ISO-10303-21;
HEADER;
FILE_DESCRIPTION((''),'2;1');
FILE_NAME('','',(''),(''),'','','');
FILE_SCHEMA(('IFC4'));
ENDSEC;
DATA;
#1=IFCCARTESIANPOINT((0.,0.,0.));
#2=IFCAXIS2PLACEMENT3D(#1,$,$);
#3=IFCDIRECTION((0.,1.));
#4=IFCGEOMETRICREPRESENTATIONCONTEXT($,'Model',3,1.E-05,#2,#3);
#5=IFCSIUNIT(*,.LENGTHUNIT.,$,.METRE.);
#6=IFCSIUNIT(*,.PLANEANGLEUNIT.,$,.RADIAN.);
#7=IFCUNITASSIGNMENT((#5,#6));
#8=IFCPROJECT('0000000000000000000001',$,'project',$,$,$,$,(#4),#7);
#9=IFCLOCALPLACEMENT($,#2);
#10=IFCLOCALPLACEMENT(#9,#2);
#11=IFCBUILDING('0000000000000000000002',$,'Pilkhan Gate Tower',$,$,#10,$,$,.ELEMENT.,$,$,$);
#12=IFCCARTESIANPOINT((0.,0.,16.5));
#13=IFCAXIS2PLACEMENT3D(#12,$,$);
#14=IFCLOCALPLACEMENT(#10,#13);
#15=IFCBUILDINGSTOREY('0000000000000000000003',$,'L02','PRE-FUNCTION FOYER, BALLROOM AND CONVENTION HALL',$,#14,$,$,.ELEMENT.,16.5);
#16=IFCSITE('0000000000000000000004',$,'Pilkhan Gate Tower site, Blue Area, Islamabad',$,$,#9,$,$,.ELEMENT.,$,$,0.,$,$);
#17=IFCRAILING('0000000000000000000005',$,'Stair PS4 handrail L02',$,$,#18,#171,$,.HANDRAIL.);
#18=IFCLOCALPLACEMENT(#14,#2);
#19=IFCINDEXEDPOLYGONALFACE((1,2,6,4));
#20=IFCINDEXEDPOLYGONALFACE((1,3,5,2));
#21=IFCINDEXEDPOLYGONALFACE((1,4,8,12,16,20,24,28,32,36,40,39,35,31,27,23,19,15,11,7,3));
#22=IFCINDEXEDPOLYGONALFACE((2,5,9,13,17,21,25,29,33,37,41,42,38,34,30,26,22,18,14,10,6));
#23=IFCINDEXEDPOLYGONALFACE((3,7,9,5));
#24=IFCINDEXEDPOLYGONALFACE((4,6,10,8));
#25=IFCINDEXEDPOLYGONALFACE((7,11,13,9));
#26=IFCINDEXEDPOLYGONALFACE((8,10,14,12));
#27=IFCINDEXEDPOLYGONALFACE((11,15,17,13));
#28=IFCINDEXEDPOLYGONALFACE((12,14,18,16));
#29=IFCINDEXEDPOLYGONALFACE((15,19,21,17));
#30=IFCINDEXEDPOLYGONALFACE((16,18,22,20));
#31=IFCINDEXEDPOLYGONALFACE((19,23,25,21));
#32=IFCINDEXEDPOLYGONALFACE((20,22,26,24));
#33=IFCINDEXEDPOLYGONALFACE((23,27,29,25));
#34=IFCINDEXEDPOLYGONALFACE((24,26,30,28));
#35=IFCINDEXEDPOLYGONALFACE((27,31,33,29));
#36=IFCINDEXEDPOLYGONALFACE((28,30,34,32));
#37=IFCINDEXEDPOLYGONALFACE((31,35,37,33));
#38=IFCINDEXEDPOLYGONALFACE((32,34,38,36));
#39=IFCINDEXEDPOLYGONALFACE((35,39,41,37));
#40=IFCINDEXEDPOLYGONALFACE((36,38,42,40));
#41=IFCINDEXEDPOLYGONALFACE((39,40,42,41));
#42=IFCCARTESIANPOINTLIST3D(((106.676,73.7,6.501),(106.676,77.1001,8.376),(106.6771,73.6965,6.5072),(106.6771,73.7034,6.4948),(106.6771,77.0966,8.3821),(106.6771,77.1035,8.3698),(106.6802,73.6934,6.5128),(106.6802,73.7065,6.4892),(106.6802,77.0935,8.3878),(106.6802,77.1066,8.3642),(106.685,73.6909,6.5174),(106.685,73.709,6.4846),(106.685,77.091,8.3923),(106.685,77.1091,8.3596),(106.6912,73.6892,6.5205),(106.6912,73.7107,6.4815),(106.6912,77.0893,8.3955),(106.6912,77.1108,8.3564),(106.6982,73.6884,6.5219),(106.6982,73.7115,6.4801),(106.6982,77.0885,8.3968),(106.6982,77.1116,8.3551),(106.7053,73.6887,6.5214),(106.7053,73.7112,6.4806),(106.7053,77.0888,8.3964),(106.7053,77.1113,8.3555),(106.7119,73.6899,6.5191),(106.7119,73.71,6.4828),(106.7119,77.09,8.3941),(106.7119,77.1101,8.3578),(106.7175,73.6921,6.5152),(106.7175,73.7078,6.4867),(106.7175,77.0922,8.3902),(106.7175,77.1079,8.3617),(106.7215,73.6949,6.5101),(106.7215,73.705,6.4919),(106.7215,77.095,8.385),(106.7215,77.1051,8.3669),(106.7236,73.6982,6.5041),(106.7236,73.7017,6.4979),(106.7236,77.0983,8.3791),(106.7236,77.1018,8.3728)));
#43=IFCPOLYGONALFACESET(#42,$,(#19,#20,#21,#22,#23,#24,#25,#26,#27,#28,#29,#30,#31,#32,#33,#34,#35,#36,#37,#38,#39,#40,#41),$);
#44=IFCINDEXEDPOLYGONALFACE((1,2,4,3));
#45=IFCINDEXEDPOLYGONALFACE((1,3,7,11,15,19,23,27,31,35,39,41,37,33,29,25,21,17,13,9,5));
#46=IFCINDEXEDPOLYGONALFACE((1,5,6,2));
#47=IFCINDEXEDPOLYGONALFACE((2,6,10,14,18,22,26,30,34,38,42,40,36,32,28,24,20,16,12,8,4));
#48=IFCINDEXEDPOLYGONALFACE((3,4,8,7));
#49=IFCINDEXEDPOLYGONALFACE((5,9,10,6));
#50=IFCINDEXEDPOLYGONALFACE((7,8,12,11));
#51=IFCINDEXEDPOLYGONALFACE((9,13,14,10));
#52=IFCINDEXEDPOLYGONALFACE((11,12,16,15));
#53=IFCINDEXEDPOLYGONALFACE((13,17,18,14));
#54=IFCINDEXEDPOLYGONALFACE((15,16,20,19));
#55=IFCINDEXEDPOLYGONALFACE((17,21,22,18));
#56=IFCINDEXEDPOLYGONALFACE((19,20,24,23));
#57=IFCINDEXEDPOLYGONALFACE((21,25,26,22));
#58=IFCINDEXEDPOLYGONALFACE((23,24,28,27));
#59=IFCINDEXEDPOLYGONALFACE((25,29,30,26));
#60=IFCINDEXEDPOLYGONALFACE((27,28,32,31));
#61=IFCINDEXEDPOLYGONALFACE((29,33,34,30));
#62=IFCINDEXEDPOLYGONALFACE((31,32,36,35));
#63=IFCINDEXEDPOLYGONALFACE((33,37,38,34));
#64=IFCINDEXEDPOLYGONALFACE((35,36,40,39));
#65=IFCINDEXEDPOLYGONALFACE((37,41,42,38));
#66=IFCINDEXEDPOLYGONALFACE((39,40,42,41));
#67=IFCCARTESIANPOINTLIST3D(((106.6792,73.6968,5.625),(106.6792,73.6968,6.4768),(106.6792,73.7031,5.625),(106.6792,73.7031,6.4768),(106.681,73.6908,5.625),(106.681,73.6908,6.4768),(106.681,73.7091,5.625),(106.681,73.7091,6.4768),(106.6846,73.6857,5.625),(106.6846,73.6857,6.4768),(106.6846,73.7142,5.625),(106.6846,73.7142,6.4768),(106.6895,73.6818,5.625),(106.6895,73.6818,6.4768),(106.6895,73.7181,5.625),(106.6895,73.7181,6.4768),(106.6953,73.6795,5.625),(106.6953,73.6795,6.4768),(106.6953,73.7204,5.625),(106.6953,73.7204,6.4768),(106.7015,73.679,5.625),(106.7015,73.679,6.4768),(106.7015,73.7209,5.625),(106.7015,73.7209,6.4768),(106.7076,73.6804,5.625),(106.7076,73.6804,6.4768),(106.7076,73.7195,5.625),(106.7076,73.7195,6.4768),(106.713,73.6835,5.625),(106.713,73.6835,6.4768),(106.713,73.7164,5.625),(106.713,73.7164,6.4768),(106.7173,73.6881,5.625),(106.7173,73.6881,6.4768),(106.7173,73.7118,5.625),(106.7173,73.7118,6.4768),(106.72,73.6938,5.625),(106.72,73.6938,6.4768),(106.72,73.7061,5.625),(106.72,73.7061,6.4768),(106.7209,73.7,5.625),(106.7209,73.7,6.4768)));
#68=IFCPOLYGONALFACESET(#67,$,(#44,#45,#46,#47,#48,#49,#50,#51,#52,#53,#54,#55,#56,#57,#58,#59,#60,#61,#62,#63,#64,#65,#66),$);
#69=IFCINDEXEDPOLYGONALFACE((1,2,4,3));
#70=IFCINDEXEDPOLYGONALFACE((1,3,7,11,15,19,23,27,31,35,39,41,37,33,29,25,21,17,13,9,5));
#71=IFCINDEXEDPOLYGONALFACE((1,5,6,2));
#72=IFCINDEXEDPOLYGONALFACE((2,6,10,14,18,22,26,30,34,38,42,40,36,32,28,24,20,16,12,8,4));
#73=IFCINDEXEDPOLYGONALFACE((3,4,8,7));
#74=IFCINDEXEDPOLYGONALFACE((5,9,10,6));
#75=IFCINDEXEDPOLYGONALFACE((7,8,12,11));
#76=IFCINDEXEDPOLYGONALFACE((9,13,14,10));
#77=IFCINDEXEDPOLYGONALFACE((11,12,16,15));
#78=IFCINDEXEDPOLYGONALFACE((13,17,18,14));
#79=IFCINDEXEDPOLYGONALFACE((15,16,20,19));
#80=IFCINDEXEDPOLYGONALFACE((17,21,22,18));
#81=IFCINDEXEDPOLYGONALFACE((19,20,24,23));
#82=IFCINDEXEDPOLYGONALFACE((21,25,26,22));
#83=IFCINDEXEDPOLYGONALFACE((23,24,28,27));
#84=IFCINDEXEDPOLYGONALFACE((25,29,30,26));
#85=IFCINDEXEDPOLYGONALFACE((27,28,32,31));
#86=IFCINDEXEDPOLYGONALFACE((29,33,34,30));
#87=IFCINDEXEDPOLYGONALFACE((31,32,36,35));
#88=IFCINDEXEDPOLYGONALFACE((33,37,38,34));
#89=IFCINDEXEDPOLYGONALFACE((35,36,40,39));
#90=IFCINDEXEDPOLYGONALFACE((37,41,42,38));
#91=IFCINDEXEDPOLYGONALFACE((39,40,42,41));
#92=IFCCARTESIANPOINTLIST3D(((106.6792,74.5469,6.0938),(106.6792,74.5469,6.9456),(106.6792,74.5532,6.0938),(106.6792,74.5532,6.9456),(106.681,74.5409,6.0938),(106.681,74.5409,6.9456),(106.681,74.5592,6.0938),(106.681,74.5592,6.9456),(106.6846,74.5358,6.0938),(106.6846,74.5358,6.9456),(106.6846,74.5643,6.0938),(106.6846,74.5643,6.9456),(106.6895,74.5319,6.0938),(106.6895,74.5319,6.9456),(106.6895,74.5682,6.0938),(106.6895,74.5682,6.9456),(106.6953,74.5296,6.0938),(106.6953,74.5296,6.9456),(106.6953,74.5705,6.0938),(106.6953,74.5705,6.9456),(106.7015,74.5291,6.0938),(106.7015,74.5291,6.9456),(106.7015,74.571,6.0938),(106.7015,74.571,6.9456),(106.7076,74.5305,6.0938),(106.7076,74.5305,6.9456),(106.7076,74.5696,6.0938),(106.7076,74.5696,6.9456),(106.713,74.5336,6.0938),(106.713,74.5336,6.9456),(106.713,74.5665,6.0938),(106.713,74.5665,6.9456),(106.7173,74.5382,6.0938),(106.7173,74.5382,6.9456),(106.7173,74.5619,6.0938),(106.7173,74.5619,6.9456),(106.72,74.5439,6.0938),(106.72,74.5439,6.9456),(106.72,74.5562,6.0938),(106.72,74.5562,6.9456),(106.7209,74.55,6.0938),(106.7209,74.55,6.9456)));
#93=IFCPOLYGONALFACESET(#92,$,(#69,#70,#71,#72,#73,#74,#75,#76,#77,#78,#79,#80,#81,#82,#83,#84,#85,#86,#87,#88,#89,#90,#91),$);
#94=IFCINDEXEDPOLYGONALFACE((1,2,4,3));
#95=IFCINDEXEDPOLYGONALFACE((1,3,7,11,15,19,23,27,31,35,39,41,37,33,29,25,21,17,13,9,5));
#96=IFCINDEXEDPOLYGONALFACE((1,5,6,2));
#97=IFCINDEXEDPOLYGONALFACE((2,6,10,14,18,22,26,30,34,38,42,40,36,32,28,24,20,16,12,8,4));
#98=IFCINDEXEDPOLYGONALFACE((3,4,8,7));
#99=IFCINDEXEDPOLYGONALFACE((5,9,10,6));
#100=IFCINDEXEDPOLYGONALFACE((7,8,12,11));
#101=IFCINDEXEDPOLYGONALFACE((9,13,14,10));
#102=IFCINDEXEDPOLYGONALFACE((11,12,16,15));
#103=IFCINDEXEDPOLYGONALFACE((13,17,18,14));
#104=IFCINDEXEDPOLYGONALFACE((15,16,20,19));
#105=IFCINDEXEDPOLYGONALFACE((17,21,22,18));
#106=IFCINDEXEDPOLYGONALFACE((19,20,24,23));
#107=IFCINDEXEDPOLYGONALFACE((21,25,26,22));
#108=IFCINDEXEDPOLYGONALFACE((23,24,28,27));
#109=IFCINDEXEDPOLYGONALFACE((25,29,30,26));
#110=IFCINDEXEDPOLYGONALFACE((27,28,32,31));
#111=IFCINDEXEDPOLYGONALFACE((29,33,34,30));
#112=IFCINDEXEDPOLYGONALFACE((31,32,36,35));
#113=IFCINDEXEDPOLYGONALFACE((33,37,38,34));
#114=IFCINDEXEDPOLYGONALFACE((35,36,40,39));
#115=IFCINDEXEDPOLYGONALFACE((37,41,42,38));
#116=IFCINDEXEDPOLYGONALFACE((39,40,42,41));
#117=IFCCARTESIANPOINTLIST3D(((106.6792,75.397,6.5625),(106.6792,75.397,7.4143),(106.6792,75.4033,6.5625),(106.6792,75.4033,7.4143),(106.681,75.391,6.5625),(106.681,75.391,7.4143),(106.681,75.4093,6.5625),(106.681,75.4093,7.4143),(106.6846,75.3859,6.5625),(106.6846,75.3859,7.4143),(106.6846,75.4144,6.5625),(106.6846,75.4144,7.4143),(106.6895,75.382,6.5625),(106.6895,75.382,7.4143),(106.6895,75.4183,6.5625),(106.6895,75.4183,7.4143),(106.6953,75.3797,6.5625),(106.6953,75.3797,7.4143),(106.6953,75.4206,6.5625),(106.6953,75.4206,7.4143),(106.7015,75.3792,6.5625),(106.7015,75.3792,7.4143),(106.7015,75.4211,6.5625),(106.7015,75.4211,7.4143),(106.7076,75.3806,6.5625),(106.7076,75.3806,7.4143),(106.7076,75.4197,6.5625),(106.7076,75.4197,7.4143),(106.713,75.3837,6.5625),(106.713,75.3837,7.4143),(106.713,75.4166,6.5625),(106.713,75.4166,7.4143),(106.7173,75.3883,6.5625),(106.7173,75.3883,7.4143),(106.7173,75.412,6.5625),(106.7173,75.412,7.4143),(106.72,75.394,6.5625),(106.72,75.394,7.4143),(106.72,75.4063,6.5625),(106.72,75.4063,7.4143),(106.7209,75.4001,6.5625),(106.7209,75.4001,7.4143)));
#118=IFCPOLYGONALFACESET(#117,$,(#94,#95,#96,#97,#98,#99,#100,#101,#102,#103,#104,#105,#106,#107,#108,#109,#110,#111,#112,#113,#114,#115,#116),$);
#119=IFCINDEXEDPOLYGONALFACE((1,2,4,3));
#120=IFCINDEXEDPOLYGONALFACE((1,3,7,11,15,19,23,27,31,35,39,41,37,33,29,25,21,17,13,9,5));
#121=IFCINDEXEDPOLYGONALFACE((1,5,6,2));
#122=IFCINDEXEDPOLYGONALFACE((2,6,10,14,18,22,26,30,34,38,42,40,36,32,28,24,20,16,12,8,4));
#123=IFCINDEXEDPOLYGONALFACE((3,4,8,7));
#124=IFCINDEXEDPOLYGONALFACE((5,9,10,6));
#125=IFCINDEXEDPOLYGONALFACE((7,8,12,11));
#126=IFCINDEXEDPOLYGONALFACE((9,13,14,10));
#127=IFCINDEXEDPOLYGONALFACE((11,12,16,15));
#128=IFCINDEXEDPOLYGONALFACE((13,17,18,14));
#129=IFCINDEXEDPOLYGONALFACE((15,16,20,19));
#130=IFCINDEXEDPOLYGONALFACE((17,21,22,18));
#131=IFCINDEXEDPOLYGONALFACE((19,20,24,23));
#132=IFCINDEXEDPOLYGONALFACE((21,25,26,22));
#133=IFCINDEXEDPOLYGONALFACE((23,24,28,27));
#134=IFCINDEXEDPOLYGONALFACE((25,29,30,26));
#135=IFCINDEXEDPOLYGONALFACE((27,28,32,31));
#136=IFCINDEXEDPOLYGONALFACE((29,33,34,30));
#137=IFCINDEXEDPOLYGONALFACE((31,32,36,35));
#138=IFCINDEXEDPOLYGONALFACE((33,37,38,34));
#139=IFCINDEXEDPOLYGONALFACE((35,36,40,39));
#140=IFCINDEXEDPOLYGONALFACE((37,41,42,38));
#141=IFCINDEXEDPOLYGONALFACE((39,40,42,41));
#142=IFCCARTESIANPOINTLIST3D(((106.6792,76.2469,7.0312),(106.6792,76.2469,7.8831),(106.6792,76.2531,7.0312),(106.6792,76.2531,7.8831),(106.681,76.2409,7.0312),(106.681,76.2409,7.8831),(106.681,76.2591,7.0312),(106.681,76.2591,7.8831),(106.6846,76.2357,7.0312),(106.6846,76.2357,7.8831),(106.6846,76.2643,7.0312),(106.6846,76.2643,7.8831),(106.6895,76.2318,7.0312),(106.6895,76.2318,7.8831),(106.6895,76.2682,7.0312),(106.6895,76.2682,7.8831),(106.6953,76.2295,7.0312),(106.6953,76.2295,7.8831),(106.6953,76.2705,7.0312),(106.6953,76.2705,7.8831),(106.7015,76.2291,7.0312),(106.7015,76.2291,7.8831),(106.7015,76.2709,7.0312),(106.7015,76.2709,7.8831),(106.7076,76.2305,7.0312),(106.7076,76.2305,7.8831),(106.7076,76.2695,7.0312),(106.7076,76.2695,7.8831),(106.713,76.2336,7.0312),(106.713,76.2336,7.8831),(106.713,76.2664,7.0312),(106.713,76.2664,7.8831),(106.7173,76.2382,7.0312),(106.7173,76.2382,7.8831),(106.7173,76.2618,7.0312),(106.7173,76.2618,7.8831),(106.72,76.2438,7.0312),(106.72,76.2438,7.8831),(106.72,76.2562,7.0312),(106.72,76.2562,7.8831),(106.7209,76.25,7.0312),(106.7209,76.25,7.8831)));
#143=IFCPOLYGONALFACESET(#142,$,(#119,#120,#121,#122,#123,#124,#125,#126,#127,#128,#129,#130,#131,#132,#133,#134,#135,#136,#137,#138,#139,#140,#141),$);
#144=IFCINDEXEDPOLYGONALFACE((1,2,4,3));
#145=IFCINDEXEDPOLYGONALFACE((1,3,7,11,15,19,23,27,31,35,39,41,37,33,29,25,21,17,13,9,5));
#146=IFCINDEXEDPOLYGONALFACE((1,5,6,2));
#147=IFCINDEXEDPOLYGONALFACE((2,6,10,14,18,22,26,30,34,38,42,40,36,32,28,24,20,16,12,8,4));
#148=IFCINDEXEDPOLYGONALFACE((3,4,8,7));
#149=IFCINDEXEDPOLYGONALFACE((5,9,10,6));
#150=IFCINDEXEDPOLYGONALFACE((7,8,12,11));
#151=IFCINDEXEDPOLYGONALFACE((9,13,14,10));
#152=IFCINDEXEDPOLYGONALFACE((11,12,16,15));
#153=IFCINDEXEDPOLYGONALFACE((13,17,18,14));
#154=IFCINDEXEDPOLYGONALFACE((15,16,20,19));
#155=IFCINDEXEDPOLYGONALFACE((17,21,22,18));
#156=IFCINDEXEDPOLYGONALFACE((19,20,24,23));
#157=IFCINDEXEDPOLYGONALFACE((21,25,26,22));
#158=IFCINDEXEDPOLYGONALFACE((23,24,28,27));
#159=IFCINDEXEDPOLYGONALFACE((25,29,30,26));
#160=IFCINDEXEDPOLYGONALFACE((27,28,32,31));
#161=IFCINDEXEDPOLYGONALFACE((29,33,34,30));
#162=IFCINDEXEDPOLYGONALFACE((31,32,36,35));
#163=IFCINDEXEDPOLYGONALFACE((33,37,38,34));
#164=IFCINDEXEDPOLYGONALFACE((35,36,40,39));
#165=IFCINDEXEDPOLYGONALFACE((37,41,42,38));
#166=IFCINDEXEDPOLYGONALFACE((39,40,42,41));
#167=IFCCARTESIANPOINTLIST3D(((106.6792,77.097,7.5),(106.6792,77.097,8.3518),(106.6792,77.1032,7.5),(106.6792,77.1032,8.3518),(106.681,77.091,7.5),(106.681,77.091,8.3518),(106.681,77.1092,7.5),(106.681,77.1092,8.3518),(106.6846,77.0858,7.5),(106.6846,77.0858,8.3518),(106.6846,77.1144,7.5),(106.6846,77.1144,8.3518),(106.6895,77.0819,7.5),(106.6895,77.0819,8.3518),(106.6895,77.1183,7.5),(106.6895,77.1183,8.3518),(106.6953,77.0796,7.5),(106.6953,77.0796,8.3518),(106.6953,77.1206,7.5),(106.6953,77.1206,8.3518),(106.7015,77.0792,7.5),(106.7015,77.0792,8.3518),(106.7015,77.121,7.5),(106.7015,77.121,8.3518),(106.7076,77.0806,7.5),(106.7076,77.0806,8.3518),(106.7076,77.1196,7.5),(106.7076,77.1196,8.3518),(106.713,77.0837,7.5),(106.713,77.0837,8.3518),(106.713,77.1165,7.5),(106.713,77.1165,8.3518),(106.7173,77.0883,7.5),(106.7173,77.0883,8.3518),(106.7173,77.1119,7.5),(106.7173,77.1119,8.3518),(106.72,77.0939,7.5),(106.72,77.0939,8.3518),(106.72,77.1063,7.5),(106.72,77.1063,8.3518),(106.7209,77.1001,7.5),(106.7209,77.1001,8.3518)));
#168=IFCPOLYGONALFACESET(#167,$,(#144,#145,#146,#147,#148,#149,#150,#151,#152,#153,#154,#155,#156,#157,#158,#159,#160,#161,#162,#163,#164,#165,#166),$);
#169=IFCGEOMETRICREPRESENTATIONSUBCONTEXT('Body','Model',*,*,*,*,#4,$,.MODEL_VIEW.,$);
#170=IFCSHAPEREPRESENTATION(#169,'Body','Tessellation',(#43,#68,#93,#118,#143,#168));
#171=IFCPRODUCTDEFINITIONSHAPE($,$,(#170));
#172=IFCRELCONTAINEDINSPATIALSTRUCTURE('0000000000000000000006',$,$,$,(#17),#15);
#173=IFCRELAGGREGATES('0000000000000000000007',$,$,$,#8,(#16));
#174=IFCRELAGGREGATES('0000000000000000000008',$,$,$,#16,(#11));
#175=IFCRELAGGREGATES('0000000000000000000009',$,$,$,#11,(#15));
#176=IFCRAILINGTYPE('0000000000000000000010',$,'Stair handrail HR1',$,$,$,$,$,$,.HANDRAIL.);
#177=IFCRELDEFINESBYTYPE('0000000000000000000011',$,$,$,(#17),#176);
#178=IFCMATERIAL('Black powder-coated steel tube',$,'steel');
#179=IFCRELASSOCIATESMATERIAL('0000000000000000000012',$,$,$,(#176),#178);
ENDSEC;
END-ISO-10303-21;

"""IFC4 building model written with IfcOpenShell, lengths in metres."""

from ifc_helpers import new_model, si_unit, direction, frame, origin, origin_2d, place, context, subcontext, project, spatial, circle, extrude, material, type_object, element, save


model = new_model("IFC4")

# Units and contexts
model_context = context("Model", 3, precision=1e-05, world=origin(), true_north=direction((0.0, 1.0)))
body_context = subcontext(model_context, "Body", "Model", "MODEL_VIEW")
ifc_project = project(units=[si_unit("LENGTHUNIT", "METRE"), si_unit("PLANEANGLEUNIT", "RADIAN")], contexts=[model_context])

# Site, building, storey
site_placement = place(None, origin())
site = spatial("IfcSite", under=ifc_project, at=site_placement, Name="Pilkhan Gate Tower site, Blue Area, Islamabad", CompositionType="ELEMENT", RefElevation=0.0)
building_placement = place(site_placement, origin())
building = spatial("IfcBuilding", under=site, at=building_placement, Name="Pilkhan Gate Tower", CompositionType="ELEMENT")
storey_placement = place(building_placement, frame((0.0, 0.0, 16.5)))
storey = spatial("IfcBuildingStorey", under=building, at=storey_placement, Name="L02", Description="PRE-FUNCTION FOYER, BALLROOM AND CONVENTION HALL", CompositionType="ELEMENT", Elevation=16.5)

# Railing
ifc_material_1 = material(Name="Black powder-coated steel tube", Category="steel")
railing_type_1 = type_object("IfcRailingType", Name="Stair handrail HR1", PredefinedType="HANDRAIL", material=ifc_material_1)
railing_1_placement = place(storey_placement, frame((106.7, 73.7, 5.625)))
element("IfcRailing", 1, at=railing_1_placement, inside=storey, type_object=railing_type_1, Name="Stair PS4 handrail L02", PredefinedType="HANDRAIL", context=body_context, shape_type="SweptSolid", body=[
    extrude(circle(Radius=0.0239, at=origin_2d()), frame((0.0, 0.0, 0.876), z_axis=(0.0, 0.87568, 0.482891), x_axis=(-1.0, 0.0, 0.0)), (0.0, 0.0, 1.0), 3.8828),
    extrude(circle(Radius=0.021, at=origin_2d()), origin(), (0.0, 0.0, 1.0), 0.8518),
    extrude(circle(Radius=0.021, at=origin_2d()), frame((0.0, 0.8501, 0.4688)), (0.0, 0.0, 1.0), 0.8518),
    extrude(circle(Radius=0.021, at=origin_2d()), frame((0.0, 1.7002, 0.9375)), (0.0, 0.0, 1.0), 0.8518),
    extrude(circle(Radius=0.021, at=origin_2d()), frame((0.0, 2.55, 1.4062)), (0.0, 0.0, 1.0), 0.8518),
    extrude(circle(Radius=0.021, at=origin_2d()), frame((0.0, 3.4001, 1.875)), (0.0, 0.0, 1.0), 0.8518),
])

save(model, "model.ifc")
